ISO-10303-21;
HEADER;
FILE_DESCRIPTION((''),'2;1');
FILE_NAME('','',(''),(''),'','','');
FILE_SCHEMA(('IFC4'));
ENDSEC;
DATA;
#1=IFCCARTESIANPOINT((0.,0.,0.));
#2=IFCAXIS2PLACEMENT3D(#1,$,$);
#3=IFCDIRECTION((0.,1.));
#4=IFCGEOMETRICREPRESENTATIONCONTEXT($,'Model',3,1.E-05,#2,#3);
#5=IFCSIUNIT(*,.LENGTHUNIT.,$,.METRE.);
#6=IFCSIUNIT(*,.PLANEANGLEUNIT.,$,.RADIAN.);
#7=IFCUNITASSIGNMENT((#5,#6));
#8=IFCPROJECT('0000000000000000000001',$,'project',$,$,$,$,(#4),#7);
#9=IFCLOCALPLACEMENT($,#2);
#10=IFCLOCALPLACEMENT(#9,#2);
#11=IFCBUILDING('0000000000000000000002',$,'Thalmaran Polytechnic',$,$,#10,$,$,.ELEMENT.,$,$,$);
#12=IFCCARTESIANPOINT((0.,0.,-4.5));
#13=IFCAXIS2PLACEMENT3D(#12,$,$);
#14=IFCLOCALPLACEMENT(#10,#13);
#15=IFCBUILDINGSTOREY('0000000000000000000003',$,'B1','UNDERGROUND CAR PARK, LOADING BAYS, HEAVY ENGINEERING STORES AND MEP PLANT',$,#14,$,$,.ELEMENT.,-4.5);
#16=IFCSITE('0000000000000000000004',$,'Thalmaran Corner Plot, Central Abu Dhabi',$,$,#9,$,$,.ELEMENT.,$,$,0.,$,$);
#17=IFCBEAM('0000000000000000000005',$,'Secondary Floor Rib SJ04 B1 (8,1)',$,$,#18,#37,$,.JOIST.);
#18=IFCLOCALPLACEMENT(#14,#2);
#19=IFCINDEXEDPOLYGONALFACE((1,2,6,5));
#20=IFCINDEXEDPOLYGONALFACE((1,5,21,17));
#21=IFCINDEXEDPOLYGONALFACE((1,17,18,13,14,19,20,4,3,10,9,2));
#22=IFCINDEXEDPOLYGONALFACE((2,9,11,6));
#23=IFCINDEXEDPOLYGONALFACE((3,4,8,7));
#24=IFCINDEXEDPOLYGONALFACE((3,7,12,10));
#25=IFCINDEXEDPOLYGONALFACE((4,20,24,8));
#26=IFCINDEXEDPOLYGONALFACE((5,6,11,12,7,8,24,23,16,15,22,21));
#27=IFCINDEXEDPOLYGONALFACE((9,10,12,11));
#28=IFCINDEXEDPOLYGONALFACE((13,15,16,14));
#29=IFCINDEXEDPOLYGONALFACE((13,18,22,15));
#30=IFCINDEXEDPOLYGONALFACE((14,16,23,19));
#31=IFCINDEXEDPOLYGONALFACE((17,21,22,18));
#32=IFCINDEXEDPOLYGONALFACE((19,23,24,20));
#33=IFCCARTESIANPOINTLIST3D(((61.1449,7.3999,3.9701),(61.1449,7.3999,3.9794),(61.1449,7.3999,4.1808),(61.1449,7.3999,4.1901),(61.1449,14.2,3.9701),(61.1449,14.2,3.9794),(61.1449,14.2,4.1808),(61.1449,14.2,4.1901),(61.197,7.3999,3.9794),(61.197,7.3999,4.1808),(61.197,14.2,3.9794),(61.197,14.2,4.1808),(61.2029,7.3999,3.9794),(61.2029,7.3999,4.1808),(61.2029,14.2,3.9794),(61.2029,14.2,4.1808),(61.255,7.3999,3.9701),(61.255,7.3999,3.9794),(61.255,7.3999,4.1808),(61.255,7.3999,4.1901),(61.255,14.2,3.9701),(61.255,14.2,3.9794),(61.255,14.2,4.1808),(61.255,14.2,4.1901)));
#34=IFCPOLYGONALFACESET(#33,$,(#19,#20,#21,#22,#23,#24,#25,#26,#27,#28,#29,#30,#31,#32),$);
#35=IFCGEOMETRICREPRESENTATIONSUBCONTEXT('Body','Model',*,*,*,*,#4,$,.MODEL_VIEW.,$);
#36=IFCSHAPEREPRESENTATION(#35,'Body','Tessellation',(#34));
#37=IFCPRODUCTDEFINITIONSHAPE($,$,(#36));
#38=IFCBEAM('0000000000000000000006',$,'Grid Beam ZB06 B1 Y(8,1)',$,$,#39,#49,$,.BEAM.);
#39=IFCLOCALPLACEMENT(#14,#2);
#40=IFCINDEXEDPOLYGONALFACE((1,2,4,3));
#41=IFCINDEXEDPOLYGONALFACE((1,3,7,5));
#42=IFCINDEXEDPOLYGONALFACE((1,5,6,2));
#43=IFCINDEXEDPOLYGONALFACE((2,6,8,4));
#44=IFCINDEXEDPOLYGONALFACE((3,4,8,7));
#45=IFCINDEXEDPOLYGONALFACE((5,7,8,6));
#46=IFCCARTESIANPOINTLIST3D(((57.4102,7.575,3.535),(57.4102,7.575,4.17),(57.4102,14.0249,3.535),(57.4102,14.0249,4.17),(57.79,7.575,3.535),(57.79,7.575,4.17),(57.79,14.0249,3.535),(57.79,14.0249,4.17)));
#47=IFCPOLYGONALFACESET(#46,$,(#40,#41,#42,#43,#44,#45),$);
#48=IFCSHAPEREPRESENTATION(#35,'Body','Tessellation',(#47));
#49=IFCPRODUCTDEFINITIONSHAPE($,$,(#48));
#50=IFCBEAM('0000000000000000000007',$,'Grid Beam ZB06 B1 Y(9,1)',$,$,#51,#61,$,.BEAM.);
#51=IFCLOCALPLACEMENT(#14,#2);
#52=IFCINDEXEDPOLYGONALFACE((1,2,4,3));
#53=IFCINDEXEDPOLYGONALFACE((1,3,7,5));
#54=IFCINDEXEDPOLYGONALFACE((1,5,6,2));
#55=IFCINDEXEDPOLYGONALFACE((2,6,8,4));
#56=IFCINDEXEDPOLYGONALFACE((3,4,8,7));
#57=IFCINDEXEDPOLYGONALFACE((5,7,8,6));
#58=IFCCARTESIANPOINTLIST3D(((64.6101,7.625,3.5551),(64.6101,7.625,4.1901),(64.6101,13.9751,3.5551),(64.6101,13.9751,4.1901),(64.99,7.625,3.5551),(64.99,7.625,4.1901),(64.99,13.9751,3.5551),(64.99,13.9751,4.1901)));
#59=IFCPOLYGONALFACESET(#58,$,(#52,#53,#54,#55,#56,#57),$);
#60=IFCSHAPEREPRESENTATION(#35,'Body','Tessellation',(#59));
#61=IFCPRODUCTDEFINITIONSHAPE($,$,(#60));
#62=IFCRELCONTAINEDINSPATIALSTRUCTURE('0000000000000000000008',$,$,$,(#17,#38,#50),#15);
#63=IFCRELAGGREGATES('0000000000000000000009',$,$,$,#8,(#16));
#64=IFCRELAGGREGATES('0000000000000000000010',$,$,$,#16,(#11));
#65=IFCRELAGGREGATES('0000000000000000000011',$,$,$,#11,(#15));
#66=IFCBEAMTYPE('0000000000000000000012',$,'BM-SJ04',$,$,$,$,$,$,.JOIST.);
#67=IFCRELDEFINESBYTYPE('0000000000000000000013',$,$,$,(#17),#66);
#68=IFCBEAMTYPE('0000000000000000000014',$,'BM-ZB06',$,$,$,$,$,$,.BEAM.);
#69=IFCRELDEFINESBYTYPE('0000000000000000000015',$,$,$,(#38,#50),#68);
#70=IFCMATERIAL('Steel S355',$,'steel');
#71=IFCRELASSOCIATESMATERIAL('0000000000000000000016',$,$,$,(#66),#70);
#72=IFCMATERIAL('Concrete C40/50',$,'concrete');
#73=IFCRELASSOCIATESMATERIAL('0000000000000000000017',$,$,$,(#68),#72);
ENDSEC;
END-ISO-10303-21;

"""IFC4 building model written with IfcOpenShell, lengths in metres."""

from ifc_helpers import new_model, si_unit, direction, frame, origin, origin_2d, place, context, subcontext, project, spatial, rectangle, i_section, extrude, material, material_profile, profile_set, type_object, element, save


model = new_model("IFC4")

# Units and contexts
model_context = context("Model", 3, precision=1e-05, world=origin(), true_north=direction((0.0, 1.0)))
body_context = subcontext(model_context, "Body", "Model", "MODEL_VIEW")
ifc_project = project(units=[si_unit("LENGTHUNIT", "METRE"), si_unit("PLANEANGLEUNIT", "RADIAN")], contexts=[model_context])

# Site, building, storey
site_placement = place(None, origin())
site = spatial("IfcSite", under=ifc_project, at=site_placement, Name="Thalmaran Corner Plot, Central Abu Dhabi", CompositionType="ELEMENT", RefElevation=0.0)
building_placement = place(site_placement, origin())
building = spatial("IfcBuilding", under=site, at=building_placement, Name="Thalmaran Polytechnic", CompositionType="ELEMENT")
storey_placement = place(building_placement, frame((0.0, 0.0, -4.5)))
storey = spatial("IfcBuildingStorey", under=building, at=storey_placement, Name="B1", Description="UNDERGROUND CAR PARK, LOADING BAYS, HEAVY ENGINEERING STORES AND MEP PLANT", CompositionType="ELEMENT", Elevation=-4.5)

# Shared definitions
ifc_material_1 = material(Name="Concrete C40/50", Category="concrete")

# Beams
ifc_material_2 = material(Name="Steel S355", Category="steel")
ifc_material_profile_1 = material_profile(ifc_material_2, i_section(OverallWidth=0.1101, OverallDepth=0.22, WebThickness=0.0059, FlangeThickness=0.0093, at=origin_2d()), Name="IPE 220")
ifc_profile_set_1 = profile_set([ifc_material_profile_1], Name="Steel S355")
beam_type_1 = type_object("IfcBeamType", Name="BM-SJ04", PredefinedType="JOIST", material=ifc_profile_set_1)
beam_1_placement = place(storey_placement, frame((61.2, 7.3999, 4.0801), z_axis=(0.0, 1.0, 0.0), x_axis=(-1.0, 0.0, 0.0)))
element("IfcBeam", 1, at=beam_1_placement, inside=storey, type_object=beam_type_1, Name="Secondary Floor Rib SJ04 B1 (8,1)", PredefinedType="JOIST", context=body_context, shape_type="SweptSolid", body=[
    extrude(i_section(OverallWidth=0.1101, OverallDepth=0.22, WebThickness=0.0059, FlangeThickness=0.0093, at=origin_2d()), origin(), (0.0, 0.0, 1.0), 6.8),
])
ifc_material_profile_2 = material_profile(ifc_material_1, rectangle(XDim=0.3799, YDim=0.635, at=origin_2d()), Name="RC 380x635")
ifc_profile_set_2 = profile_set([ifc_material_profile_2], Name="Concrete C40/50")
beam_type_2 = type_object("IfcBeamType", Name="BM-ZB06", PredefinedType="BEAM", material=ifc_profile_set_2)
beam_2_placement = place(storey_placement, frame((57.6001, 7.575, 3.8525), z_axis=(0.0, 1.0, 0.0), x_axis=(-1.0, 0.0, 0.0)))
element("IfcBeam", 2, at=beam_2_placement, inside=storey, type_object=beam_type_2, Name="Grid Beam ZB06 B1 Y(8,1)", PredefinedType="BEAM", context=body_context, shape_type="SweptSolid", body=[
    extrude(rectangle(XDim=0.3799, YDim=0.635, at=origin_2d()), origin(), (0.0, 0.0, 1.0), 6.45),
])
beam_3_placement = place(storey_placement, frame((64.8, 7.625, 3.8726), z_axis=(0.0, 1.0, 0.0), x_axis=(-1.0, 0.0, 0.0)))
element("IfcBeam", 3, at=beam_3_placement, inside=storey, type_object=beam_type_2, Name="Grid Beam ZB06 B1 Y(9,1)", PredefinedType="BEAM", context=body_context, shape_type="SweptSolid", body=[
    extrude(rectangle(XDim=0.3799, YDim=0.635, at=origin_2d()), origin(), (0.0, 0.0, 1.0), 6.3501),
])

save(model, "model.ifc")
